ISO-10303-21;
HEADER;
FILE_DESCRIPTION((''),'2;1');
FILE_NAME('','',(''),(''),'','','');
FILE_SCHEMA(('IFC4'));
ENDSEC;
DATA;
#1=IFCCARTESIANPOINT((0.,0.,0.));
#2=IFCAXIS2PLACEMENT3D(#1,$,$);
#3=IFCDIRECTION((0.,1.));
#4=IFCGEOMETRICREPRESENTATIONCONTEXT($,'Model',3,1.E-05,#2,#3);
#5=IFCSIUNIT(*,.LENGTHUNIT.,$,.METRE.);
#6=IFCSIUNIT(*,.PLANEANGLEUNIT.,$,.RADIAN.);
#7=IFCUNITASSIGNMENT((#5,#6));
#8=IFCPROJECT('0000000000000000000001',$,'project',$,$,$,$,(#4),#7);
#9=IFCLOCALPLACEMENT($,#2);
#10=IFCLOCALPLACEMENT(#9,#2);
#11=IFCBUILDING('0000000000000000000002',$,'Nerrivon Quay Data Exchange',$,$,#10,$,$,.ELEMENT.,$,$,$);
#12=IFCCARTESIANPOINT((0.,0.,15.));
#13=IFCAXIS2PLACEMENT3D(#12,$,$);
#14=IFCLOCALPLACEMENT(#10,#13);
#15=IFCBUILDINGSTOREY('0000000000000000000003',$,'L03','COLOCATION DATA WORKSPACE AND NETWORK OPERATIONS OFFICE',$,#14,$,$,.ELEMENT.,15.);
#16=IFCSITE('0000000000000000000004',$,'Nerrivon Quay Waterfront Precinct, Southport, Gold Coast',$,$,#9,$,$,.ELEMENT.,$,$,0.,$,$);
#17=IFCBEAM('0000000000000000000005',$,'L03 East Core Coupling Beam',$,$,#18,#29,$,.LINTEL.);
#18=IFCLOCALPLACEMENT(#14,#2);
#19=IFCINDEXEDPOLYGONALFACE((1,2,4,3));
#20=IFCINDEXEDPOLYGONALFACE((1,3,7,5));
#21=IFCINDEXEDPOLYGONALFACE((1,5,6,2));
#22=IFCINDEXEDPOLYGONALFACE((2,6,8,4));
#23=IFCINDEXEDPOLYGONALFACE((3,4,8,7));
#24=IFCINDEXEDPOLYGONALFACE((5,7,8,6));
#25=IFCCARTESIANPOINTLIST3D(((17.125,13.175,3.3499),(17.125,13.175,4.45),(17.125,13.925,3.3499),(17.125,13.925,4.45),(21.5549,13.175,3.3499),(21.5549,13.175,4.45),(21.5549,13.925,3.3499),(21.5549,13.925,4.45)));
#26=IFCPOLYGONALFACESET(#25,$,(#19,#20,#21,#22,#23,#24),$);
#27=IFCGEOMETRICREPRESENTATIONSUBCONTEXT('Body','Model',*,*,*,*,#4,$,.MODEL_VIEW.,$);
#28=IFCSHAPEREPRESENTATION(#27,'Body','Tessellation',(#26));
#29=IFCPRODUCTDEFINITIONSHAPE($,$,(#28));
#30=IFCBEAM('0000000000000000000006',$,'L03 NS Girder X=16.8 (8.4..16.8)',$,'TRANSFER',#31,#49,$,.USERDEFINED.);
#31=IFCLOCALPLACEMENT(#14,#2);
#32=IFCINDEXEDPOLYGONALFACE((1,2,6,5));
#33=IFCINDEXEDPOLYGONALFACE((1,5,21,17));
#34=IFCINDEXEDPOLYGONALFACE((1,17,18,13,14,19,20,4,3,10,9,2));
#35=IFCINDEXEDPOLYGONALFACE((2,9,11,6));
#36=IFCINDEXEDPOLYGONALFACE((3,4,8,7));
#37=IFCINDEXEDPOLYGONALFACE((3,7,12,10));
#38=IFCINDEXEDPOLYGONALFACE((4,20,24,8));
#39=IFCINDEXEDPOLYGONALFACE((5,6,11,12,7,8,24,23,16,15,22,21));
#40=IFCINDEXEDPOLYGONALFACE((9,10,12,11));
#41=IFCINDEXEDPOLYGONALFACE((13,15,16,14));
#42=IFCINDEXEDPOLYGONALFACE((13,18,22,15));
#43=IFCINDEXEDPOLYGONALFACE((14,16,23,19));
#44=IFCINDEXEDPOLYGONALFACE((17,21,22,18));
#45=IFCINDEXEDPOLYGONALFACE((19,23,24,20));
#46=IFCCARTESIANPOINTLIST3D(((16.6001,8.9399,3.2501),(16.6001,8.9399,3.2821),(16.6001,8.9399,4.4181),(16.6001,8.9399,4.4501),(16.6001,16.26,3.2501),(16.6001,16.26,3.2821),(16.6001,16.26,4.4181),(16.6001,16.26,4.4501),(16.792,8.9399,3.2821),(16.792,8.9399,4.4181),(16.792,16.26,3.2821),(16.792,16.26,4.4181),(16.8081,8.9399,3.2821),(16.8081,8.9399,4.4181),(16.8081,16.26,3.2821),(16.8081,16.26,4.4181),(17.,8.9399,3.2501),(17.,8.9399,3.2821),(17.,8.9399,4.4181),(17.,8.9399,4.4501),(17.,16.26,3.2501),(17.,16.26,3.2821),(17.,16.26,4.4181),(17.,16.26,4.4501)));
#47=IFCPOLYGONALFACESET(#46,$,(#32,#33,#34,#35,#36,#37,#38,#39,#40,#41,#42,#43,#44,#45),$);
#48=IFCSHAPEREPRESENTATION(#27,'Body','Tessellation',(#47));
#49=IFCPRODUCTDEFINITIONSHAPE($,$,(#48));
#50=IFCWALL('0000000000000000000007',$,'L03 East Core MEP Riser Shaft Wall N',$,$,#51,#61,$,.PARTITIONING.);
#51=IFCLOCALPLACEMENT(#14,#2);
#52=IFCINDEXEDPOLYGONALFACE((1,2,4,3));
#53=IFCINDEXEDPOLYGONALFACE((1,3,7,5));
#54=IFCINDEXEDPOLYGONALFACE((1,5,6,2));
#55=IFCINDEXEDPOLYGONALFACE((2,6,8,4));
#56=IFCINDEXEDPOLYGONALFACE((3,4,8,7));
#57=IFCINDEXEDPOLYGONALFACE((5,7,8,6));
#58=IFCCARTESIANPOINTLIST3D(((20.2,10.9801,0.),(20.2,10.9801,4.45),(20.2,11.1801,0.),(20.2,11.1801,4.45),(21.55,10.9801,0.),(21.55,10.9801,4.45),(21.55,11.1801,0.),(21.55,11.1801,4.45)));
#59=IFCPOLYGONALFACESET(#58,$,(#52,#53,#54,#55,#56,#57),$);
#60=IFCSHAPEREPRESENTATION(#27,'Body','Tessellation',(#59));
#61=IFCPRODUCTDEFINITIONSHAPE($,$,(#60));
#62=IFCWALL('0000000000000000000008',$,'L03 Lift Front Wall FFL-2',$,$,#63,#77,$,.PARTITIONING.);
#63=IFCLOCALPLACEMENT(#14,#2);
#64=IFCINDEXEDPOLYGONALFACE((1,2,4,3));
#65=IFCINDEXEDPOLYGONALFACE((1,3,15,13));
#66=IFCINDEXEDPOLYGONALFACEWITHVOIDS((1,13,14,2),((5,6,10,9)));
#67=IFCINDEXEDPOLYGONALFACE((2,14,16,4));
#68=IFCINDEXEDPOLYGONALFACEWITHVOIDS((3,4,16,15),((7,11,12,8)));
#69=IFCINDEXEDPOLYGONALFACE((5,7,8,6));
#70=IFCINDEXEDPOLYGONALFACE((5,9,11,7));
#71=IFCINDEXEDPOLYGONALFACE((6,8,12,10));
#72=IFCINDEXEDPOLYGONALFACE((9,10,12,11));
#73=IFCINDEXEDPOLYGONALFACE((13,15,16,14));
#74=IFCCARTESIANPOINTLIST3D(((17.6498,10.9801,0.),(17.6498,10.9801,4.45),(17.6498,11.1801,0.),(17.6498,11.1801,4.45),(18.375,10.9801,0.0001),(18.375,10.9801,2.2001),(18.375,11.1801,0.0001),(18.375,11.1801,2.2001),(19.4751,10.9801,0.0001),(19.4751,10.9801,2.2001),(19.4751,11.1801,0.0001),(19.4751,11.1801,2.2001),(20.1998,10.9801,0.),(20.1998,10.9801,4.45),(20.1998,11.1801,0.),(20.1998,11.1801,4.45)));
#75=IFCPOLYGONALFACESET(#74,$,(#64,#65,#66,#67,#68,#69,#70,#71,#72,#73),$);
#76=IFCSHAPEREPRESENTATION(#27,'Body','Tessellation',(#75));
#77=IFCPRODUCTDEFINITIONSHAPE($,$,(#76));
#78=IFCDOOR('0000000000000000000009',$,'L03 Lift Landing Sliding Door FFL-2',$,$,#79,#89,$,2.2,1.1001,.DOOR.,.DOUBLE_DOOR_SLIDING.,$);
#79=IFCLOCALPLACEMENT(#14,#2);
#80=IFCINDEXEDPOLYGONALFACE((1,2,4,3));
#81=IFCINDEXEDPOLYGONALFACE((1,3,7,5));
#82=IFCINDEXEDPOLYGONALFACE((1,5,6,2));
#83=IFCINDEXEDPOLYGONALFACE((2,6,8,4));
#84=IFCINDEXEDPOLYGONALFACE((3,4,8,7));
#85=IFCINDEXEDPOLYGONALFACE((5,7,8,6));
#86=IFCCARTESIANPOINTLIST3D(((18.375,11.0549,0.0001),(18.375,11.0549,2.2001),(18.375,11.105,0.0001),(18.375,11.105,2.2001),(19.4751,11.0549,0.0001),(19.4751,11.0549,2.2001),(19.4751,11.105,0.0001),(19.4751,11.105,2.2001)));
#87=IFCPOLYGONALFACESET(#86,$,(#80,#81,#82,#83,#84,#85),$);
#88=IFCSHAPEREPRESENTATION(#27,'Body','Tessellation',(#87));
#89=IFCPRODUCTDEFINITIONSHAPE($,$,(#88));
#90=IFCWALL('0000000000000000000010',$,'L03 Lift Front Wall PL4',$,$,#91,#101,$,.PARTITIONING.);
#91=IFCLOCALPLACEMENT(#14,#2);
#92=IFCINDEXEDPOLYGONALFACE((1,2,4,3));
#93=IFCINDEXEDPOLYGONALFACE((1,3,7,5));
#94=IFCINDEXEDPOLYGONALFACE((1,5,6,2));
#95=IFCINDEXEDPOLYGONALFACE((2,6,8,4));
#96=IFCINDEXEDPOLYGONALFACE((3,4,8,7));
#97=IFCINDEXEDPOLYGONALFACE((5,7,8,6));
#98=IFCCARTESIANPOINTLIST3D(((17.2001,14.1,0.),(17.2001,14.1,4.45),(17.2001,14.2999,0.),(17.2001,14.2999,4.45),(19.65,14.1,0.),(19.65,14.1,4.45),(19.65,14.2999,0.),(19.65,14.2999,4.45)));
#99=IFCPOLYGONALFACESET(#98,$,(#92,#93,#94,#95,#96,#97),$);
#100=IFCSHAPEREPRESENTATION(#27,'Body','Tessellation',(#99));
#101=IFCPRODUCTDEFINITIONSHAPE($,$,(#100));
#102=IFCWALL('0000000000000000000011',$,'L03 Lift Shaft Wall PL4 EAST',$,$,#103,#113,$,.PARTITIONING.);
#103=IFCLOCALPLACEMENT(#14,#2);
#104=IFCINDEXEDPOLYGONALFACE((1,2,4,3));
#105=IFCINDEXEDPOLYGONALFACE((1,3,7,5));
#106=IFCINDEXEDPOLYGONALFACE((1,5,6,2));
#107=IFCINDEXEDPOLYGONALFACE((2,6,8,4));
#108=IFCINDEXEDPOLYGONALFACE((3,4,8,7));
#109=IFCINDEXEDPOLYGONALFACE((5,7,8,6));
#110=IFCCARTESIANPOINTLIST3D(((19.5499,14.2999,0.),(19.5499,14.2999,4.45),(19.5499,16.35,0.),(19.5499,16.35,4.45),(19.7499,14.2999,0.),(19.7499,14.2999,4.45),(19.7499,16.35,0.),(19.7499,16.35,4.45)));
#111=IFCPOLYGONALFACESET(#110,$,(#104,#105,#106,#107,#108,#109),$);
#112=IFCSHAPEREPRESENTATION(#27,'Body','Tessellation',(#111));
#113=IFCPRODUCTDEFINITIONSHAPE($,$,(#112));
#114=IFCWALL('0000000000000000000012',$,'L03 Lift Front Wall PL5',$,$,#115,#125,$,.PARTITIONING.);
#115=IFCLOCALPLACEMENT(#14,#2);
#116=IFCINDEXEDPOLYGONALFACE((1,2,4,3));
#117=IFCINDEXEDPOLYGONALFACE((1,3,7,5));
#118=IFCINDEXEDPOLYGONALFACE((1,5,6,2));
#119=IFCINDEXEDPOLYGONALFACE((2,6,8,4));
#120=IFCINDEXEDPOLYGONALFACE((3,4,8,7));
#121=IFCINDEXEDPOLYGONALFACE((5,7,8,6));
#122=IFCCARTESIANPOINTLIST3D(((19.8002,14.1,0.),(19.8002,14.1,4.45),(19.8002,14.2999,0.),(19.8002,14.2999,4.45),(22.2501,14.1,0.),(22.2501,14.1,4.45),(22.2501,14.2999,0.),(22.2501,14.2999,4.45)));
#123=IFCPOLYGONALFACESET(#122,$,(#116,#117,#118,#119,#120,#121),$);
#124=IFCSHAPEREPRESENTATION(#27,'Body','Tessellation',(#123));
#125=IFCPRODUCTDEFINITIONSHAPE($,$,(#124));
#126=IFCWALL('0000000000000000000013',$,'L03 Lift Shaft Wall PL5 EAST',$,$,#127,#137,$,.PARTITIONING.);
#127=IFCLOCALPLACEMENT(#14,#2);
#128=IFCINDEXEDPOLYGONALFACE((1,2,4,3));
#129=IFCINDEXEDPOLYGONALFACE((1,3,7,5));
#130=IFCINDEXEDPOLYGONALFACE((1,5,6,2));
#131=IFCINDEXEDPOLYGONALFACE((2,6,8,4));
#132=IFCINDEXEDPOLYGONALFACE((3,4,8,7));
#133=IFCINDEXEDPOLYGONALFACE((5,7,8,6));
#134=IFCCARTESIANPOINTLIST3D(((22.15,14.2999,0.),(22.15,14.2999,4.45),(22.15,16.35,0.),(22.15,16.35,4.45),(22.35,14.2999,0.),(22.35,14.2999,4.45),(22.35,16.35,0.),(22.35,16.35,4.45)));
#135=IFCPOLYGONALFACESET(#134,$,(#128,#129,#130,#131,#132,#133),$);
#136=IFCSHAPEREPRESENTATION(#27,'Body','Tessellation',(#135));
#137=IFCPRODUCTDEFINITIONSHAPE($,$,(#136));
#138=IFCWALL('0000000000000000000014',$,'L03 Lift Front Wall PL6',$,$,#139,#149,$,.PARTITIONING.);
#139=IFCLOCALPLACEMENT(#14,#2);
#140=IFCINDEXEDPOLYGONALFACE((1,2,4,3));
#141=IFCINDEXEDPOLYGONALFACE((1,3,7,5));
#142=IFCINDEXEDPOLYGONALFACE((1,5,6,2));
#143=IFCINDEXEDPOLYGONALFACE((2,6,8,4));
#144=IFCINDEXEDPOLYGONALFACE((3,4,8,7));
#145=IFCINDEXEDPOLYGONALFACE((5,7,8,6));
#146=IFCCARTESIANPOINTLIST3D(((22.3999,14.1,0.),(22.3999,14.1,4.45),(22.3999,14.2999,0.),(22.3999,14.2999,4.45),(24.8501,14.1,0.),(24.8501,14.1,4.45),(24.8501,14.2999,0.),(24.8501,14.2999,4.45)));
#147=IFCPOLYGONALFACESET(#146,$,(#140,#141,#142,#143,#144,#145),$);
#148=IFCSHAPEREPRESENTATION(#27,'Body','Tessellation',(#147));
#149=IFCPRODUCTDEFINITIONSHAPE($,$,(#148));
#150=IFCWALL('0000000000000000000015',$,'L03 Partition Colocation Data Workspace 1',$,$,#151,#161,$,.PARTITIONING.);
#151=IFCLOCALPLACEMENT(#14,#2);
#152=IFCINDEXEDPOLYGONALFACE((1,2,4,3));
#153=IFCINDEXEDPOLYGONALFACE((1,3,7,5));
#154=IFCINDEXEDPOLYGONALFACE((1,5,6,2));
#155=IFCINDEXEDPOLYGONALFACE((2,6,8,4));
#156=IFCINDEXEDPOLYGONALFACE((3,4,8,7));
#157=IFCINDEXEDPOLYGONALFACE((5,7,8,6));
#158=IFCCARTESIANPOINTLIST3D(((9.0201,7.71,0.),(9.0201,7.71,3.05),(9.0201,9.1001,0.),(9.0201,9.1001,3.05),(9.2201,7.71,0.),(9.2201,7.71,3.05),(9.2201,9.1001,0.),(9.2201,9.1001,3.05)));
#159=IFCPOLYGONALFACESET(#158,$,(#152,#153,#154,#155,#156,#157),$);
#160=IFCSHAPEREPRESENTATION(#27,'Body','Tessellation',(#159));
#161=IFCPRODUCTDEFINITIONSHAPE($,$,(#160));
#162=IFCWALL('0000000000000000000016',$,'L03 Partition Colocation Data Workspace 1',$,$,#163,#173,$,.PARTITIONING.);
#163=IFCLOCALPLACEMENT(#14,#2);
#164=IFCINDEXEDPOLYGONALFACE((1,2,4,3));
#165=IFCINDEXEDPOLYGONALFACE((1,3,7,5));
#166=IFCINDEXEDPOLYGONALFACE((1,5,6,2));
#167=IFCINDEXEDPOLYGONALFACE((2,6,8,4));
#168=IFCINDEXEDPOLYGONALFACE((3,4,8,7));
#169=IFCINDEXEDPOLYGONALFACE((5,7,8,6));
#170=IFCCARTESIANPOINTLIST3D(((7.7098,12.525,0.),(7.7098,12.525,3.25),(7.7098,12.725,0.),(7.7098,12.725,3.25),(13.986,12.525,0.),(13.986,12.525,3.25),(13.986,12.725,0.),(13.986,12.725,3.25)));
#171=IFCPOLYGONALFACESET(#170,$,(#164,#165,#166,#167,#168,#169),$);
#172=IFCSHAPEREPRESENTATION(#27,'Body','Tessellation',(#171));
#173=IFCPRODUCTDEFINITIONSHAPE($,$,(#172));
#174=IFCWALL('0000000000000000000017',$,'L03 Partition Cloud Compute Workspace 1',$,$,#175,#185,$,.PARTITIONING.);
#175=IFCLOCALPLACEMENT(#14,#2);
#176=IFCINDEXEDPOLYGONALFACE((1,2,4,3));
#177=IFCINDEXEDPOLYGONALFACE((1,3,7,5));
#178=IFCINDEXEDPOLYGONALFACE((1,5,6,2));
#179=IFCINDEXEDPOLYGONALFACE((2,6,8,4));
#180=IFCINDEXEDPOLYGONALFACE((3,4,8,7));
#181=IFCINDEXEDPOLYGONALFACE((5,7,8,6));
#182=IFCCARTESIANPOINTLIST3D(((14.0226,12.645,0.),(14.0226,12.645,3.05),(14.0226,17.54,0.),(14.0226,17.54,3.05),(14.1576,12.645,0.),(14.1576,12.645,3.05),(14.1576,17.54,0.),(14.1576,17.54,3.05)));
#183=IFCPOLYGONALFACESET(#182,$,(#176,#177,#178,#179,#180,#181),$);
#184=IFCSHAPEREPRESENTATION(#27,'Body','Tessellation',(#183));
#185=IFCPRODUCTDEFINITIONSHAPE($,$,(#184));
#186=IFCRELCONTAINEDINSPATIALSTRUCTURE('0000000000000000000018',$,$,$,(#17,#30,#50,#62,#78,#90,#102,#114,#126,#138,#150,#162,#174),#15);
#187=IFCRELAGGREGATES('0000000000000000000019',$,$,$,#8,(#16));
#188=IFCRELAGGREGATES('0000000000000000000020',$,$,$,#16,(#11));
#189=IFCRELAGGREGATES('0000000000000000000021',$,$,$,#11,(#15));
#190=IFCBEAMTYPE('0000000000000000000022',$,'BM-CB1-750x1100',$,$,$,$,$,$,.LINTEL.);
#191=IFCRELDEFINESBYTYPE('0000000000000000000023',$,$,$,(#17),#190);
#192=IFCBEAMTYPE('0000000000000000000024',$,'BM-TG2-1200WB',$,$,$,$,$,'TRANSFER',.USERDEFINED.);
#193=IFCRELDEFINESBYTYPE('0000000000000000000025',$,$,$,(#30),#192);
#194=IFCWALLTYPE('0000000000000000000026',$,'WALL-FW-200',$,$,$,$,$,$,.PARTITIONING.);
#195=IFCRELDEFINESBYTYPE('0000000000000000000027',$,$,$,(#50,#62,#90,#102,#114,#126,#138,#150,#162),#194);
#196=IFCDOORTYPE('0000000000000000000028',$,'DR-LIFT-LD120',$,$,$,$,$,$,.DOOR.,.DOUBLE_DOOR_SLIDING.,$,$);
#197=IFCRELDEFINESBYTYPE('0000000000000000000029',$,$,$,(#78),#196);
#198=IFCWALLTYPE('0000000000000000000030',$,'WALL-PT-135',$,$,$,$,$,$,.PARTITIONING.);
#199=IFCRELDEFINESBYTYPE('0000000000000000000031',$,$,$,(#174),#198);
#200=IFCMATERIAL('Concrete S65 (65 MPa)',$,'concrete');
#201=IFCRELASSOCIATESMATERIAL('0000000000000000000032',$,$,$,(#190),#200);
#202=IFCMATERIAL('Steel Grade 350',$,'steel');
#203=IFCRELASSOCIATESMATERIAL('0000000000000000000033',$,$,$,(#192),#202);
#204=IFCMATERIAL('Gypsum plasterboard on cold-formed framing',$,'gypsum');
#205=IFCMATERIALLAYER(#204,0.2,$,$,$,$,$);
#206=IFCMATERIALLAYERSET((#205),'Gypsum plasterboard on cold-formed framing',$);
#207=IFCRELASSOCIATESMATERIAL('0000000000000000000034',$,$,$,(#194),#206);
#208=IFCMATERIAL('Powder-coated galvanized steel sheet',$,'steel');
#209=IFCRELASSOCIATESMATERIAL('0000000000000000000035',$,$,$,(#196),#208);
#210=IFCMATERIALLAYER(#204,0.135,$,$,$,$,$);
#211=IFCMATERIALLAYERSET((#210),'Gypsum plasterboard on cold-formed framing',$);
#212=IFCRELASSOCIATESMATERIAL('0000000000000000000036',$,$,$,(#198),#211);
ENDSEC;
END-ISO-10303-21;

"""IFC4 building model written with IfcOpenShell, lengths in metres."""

from ifc_helpers import new_model, si_unit, direction, frame, frame_2d, origin, origin_2d, place, context, subcontext, project, spatial, rectangle, i_section, extrude, material, layer, layer_set, material_profile, profile_set, type_object, element, fill, save


model = new_model("IFC4")

# Units and contexts
model_context = context("Model", 3, precision=1e-05, world=origin(), true_north=direction((0.0, 1.0)))
body_context = subcontext(model_context, "Body", "Model", "MODEL_VIEW")
ifc_project = project(units=[si_unit("LENGTHUNIT", "METRE"), si_unit("PLANEANGLEUNIT", "RADIAN")], contexts=[model_context])

# Site, building, storey
site_placement = place(None, origin())
site = spatial("IfcSite", under=ifc_project, at=site_placement, Name="Nerrivon Quay Waterfront Precinct, Southport, Gold Coast", CompositionType="ELEMENT", RefElevation=0.0)
building_placement = place(site_placement, origin())
building = spatial("IfcBuilding", under=site, at=building_placement, Name="Nerrivon Quay Data Exchange", CompositionType="ELEMENT")
storey_placement = place(building_placement, frame((0.0, 0.0, 15.0)))
storey = spatial("IfcBuildingStorey", under=building, at=storey_placement, Name="L03", Description="COLOCATION DATA WORKSPACE AND NETWORK OPERATIONS OFFICE", CompositionType="ELEMENT", Elevation=15.0)

# Beams
ifc_material_1 = material(Name="Concrete S65 (65 MPa)", Category="concrete")
ifc_material_profile_1 = material_profile(ifc_material_1, rectangle(XDim=0.75, YDim=1.1001, at=origin_2d()), Name="RC-CB-750x1100")
ifc_profile_set_1 = profile_set([ifc_material_profile_1], Name="Concrete S65 (65 MPa)")
beam_type_1 = type_object("IfcBeamType", Name="BM-CB1-750x1100", PredefinedType="LINTEL", material=ifc_profile_set_1)
beam_1_placement = place(storey_placement, frame((17.125, 13.55, 3.8999), z_axis=(1.0, 0.0, 0.0), x_axis=(0.0, 1.0, 0.0)))
element("IfcBeam", 1, at=beam_1_placement, inside=storey, type_object=beam_type_1, Name="L03 East Core Coupling Beam", PredefinedType="LINTEL", context=body_context, shape_type="SweptSolid", body=[
    extrude(rectangle(XDim=0.75, YDim=1.1001, at=origin_2d()), origin(), (0.0, 0.0, 1.0), 4.4299),
])
ifc_material_2 = material(Name="Steel Grade 350", Category="steel")
ifc_material_profile_2 = material_profile(ifc_material_2, i_section(OverallWidth=0.3999, OverallDepth=1.2, WebThickness=0.0161, FlangeThickness=0.032, at=origin_2d()), Name="1200WB342")
ifc_profile_set_2 = profile_set([ifc_material_profile_2], Name="Steel Grade 350")
beam_type_2 = type_object("IfcBeamType", Name="BM-TG2-1200WB", ElementType="TRANSFER", PredefinedType="USERDEFINED", material=ifc_profile_set_2)
beam_2_placement = place(storey_placement, frame((16.8, 8.9399, 3.8501), z_axis=(0.0, 1.0, 0.0), x_axis=(-1.0, 0.0, 0.0)))
element("IfcBeam", 2, at=beam_2_placement, inside=storey, type_object=beam_type_2, Name="L03 NS Girder X=16.8 (8.4..16.8)", ObjectType="TRANSFER", PredefinedType="USERDEFINED", context=body_context, shape_type="SweptSolid", body=[
    extrude(i_section(OverallWidth=0.3999, OverallDepth=1.2, WebThickness=0.0161, FlangeThickness=0.032, at=origin_2d()), origin(), (0.0, 0.0, 1.0), 7.3201),
])

# Shared definitions
ifc_material_3 = material(Name="Powder-coated galvanized steel sheet", Category="steel")

# Wall
ifc_material_4 = material(Name="Gypsum plasterboard on cold-formed framing", Category="gypsum")
ifc_layer_1 = layer(ifc_material_4, 0.2)
ifc_layer_set_1 = layer_set([ifc_layer_1], Name="Gypsum plasterboard on cold-formed framing")
wall_type_1 = type_object("IfcWallType", Name="WALL-FW-200", PredefinedType="PARTITIONING", material=ifc_layer_set_1)
wall_1_placement = place(storey_placement, frame((20.2, 11.0801, 0.0), z_axis=(0.0, 0.0, 1.0), x_axis=(1.0, 0.0, 0.0)))
element("IfcWall", 3, at=wall_1_placement, inside=storey, type_object=wall_type_1, Name="L03 East Core MEP Riser Shaft Wall N", PredefinedType="PARTITIONING", context=body_context, shape_type="SweptSolid", body=[
    extrude(rectangle(XDim=1.3501, YDim=0.2, at=frame_2d((0.675, 0.0))), origin(), (0.0, 0.0, 1.0), 4.45),
])

# Wall, opening, door
wall_2_placement = place(storey_placement, frame((17.6499, 11.0801, 0.0), z_axis=(0.0, 0.0, 1.0), x_axis=(1.0, 0.0, 0.0)))
wall_2 = element("IfcWall", 4, at=wall_2_placement, inside=storey, type_object=wall_type_1, Name="L03 Lift Front Wall FFL-2", PredefinedType="PARTITIONING", context=body_context, shape_type="SweptSolid", body=[
    extrude(rectangle(XDim=2.55, YDim=0.2, at=frame_2d((1.2749, 0.0))), origin(), (0.0, 0.0, 1.0), 4.45),
])
opening_1_placement = place(wall_2_placement, frame((0.7251, 0.0, 0.0)))
opening_1 = element("IfcOpeningElement", 5, at=opening_1_placement, cuts=wall_2, PredefinedType="OPENING", context=body_context, shape_type="SweptSolid", body=[
    extrude(rectangle(XDim=1.1001, YDim=2.2, at=frame_2d((0.55, 1.1001))), frame((0.0, 0.1099, 0.0), z_axis=(0.0, -1.0, 0.0), x_axis=(1.0, 0.0, 0.0)), (0.0, 0.0, 1.0), 0.22),
])
door_type_1 = type_object("IfcDoorType", Name="DR-LIFT-LD120", OperationType="DOUBLE_DOOR_SLIDING", PredefinedType="DOOR", material=ifc_material_3)
door_1_placement = place(opening_1_placement, origin())
door_1 = element("IfcDoor", 6, at=door_1_placement, inside=storey, type_object=door_type_1, Name="L03 Lift Landing Sliding Door FFL-2", OperationType="DOUBLE_DOOR_SLIDING", OverallHeight=2.2, OverallWidth=1.1001, PredefinedType="DOOR", context=body_context, shape_type="SweptSolid", body=[
    extrude(rectangle(XDim=1.1001, YDim=2.2, at=frame_2d((0.55, 1.1001))), frame((0.0, 0.0249, 0.0), z_axis=(0.0, -1.0, 0.0), x_axis=(1.0, 0.0, 0.0)), (0.0, 0.0, 1.0), 0.05),
])
fill(opening_1, door_1)

# Walls
wall_3_placement = place(storey_placement, frame((17.2, 14.2, 0.0), z_axis=(0.0, 0.0, 1.0), x_axis=(1.0, 0.0, 0.0)))
element("IfcWall", 7, at=wall_3_placement, inside=storey, type_object=wall_type_1, Name="L03 Lift Front Wall PL4", PredefinedType="PARTITIONING", context=body_context, shape_type="SweptSolid", body=[
    extrude(rectangle(XDim=2.45, YDim=0.2, at=frame_2d((1.2251, 0.0))), origin(), (0.0, 0.0, 1.0), 4.45),
])
wall_4_placement = place(storey_placement, frame((19.6499, 14.3, 0.0), z_axis=(0.0, 0.0, 1.0), x_axis=(0.0, 1.0, 0.0)))
element("IfcWall", 8, at=wall_4_placement, inside=storey, type_object=wall_type_1, Name="L03 Lift Shaft Wall PL4 EAST", PredefinedType="PARTITIONING", context=body_context, shape_type="SweptSolid", body=[
    extrude(rectangle(XDim=2.05, YDim=0.2, at=frame_2d((1.0249, 0.0))), origin(), (0.0, 0.0, 1.0), 4.45),
])
wall_5_placement = place(storey_placement, frame((19.8, 14.2, 0.0), z_axis=(0.0, 0.0, 1.0), x_axis=(1.0, 0.0, 0.0)))
element("IfcWall", 9, at=wall_5_placement, inside=storey, type_object=wall_type_1, Name="L03 Lift Front Wall PL5", PredefinedType="PARTITIONING", context=body_context, shape_type="SweptSolid", body=[
    extrude(rectangle(XDim=2.45, YDim=0.2, at=frame_2d((1.2251, 0.0))), origin(), (0.0, 0.0, 1.0), 4.45),
])
wall_6_placement = place(storey_placement, frame((22.25, 14.3, 0.0), z_axis=(0.0, 0.0, 1.0), x_axis=(0.0, 1.0, 0.0)))
element("IfcWall", 10, at=wall_6_placement, inside=storey, type_object=wall_type_1, Name="L03 Lift Shaft Wall PL5 EAST", PredefinedType="PARTITIONING", context=body_context, shape_type="SweptSolid", body=[
    extrude(rectangle(XDim=2.05, YDim=0.2, at=frame_2d((1.0249, 0.0))), origin(), (0.0, 0.0, 1.0), 4.45),
])
wall_7_placement = place(storey_placement, frame((22.3999, 14.2, 0.0), z_axis=(0.0, 0.0, 1.0), x_axis=(1.0, 0.0, 0.0)))
element("IfcWall", 11, at=wall_7_placement, inside=storey, type_object=wall_type_1, Name="L03 Lift Front Wall PL6", PredefinedType="PARTITIONING", context=body_context, shape_type="SweptSolid", body=[
    extrude(rectangle(XDim=2.4502, YDim=0.2, at=frame_2d((1.2251, 0.0))), origin(), (0.0, 0.0, 1.0), 4.45),
])
wall_8_placement = place(storey_placement, frame((9.1201, 9.1001, 0.0), z_axis=(0.0, 0.0, 1.0), x_axis=(0.0, -1.0, 0.0)))
element("IfcWall", 12, at=wall_8_placement, inside=storey, type_object=wall_type_1, Name="L03 Partition Colocation Data Workspace 1", PredefinedType="PARTITIONING", context=body_context, shape_type="SweptSolid", body=[
    extrude(rectangle(XDim=1.3901, YDim=0.2, at=frame_2d((0.6951, 0.0))), origin(), (0.0, 0.0, 1.0), 3.05),
])
wall_9_placement = place(storey_placement, frame((13.9861, 12.625, 0.0), z_axis=(0.0, 0.0, 1.0), x_axis=(-1.0, 0.0, 0.0)))
element("IfcWall", 13, at=wall_9_placement, inside=storey, type_object=wall_type_1, Name="L03 Partition Colocation Data Workspace 1", PredefinedType="PARTITIONING", context=body_context, shape_type="SweptSolid", body=[
    extrude(rectangle(XDim=6.2761, YDim=0.2, at=frame_2d((3.1382, 0.0))), origin(), (0.0, 0.0, 1.0), 3.25),
])
ifc_layer_2 = layer(ifc_material_4, 0.135)
ifc_layer_set_2 = layer_set([ifc_layer_2], Name="Gypsum plasterboard on cold-formed framing")
wall_type_2 = type_object("IfcWallType", Name="WALL-PT-135", PredefinedType="PARTITIONING", material=ifc_layer_set_2)
wall_10_placement = place(storey_placement, frame((14.0901, 12.645, 0.0), z_axis=(0.0, 0.0, 1.0), x_axis=(0.0, 1.0, 0.0)))
element("IfcWall", 14, at=wall_10_placement, inside=storey, type_object=wall_type_2, Name="L03 Partition Cloud Compute Workspace 1", PredefinedType="PARTITIONING", context=body_context, shape_type="SweptSolid", body=[
    extrude(rectangle(XDim=4.895, YDim=0.135, at=frame_2d((2.4475, 0.0))), origin(), (0.0, 0.0, 1.0), 3.05),
])

save(model, "model.ifc")
